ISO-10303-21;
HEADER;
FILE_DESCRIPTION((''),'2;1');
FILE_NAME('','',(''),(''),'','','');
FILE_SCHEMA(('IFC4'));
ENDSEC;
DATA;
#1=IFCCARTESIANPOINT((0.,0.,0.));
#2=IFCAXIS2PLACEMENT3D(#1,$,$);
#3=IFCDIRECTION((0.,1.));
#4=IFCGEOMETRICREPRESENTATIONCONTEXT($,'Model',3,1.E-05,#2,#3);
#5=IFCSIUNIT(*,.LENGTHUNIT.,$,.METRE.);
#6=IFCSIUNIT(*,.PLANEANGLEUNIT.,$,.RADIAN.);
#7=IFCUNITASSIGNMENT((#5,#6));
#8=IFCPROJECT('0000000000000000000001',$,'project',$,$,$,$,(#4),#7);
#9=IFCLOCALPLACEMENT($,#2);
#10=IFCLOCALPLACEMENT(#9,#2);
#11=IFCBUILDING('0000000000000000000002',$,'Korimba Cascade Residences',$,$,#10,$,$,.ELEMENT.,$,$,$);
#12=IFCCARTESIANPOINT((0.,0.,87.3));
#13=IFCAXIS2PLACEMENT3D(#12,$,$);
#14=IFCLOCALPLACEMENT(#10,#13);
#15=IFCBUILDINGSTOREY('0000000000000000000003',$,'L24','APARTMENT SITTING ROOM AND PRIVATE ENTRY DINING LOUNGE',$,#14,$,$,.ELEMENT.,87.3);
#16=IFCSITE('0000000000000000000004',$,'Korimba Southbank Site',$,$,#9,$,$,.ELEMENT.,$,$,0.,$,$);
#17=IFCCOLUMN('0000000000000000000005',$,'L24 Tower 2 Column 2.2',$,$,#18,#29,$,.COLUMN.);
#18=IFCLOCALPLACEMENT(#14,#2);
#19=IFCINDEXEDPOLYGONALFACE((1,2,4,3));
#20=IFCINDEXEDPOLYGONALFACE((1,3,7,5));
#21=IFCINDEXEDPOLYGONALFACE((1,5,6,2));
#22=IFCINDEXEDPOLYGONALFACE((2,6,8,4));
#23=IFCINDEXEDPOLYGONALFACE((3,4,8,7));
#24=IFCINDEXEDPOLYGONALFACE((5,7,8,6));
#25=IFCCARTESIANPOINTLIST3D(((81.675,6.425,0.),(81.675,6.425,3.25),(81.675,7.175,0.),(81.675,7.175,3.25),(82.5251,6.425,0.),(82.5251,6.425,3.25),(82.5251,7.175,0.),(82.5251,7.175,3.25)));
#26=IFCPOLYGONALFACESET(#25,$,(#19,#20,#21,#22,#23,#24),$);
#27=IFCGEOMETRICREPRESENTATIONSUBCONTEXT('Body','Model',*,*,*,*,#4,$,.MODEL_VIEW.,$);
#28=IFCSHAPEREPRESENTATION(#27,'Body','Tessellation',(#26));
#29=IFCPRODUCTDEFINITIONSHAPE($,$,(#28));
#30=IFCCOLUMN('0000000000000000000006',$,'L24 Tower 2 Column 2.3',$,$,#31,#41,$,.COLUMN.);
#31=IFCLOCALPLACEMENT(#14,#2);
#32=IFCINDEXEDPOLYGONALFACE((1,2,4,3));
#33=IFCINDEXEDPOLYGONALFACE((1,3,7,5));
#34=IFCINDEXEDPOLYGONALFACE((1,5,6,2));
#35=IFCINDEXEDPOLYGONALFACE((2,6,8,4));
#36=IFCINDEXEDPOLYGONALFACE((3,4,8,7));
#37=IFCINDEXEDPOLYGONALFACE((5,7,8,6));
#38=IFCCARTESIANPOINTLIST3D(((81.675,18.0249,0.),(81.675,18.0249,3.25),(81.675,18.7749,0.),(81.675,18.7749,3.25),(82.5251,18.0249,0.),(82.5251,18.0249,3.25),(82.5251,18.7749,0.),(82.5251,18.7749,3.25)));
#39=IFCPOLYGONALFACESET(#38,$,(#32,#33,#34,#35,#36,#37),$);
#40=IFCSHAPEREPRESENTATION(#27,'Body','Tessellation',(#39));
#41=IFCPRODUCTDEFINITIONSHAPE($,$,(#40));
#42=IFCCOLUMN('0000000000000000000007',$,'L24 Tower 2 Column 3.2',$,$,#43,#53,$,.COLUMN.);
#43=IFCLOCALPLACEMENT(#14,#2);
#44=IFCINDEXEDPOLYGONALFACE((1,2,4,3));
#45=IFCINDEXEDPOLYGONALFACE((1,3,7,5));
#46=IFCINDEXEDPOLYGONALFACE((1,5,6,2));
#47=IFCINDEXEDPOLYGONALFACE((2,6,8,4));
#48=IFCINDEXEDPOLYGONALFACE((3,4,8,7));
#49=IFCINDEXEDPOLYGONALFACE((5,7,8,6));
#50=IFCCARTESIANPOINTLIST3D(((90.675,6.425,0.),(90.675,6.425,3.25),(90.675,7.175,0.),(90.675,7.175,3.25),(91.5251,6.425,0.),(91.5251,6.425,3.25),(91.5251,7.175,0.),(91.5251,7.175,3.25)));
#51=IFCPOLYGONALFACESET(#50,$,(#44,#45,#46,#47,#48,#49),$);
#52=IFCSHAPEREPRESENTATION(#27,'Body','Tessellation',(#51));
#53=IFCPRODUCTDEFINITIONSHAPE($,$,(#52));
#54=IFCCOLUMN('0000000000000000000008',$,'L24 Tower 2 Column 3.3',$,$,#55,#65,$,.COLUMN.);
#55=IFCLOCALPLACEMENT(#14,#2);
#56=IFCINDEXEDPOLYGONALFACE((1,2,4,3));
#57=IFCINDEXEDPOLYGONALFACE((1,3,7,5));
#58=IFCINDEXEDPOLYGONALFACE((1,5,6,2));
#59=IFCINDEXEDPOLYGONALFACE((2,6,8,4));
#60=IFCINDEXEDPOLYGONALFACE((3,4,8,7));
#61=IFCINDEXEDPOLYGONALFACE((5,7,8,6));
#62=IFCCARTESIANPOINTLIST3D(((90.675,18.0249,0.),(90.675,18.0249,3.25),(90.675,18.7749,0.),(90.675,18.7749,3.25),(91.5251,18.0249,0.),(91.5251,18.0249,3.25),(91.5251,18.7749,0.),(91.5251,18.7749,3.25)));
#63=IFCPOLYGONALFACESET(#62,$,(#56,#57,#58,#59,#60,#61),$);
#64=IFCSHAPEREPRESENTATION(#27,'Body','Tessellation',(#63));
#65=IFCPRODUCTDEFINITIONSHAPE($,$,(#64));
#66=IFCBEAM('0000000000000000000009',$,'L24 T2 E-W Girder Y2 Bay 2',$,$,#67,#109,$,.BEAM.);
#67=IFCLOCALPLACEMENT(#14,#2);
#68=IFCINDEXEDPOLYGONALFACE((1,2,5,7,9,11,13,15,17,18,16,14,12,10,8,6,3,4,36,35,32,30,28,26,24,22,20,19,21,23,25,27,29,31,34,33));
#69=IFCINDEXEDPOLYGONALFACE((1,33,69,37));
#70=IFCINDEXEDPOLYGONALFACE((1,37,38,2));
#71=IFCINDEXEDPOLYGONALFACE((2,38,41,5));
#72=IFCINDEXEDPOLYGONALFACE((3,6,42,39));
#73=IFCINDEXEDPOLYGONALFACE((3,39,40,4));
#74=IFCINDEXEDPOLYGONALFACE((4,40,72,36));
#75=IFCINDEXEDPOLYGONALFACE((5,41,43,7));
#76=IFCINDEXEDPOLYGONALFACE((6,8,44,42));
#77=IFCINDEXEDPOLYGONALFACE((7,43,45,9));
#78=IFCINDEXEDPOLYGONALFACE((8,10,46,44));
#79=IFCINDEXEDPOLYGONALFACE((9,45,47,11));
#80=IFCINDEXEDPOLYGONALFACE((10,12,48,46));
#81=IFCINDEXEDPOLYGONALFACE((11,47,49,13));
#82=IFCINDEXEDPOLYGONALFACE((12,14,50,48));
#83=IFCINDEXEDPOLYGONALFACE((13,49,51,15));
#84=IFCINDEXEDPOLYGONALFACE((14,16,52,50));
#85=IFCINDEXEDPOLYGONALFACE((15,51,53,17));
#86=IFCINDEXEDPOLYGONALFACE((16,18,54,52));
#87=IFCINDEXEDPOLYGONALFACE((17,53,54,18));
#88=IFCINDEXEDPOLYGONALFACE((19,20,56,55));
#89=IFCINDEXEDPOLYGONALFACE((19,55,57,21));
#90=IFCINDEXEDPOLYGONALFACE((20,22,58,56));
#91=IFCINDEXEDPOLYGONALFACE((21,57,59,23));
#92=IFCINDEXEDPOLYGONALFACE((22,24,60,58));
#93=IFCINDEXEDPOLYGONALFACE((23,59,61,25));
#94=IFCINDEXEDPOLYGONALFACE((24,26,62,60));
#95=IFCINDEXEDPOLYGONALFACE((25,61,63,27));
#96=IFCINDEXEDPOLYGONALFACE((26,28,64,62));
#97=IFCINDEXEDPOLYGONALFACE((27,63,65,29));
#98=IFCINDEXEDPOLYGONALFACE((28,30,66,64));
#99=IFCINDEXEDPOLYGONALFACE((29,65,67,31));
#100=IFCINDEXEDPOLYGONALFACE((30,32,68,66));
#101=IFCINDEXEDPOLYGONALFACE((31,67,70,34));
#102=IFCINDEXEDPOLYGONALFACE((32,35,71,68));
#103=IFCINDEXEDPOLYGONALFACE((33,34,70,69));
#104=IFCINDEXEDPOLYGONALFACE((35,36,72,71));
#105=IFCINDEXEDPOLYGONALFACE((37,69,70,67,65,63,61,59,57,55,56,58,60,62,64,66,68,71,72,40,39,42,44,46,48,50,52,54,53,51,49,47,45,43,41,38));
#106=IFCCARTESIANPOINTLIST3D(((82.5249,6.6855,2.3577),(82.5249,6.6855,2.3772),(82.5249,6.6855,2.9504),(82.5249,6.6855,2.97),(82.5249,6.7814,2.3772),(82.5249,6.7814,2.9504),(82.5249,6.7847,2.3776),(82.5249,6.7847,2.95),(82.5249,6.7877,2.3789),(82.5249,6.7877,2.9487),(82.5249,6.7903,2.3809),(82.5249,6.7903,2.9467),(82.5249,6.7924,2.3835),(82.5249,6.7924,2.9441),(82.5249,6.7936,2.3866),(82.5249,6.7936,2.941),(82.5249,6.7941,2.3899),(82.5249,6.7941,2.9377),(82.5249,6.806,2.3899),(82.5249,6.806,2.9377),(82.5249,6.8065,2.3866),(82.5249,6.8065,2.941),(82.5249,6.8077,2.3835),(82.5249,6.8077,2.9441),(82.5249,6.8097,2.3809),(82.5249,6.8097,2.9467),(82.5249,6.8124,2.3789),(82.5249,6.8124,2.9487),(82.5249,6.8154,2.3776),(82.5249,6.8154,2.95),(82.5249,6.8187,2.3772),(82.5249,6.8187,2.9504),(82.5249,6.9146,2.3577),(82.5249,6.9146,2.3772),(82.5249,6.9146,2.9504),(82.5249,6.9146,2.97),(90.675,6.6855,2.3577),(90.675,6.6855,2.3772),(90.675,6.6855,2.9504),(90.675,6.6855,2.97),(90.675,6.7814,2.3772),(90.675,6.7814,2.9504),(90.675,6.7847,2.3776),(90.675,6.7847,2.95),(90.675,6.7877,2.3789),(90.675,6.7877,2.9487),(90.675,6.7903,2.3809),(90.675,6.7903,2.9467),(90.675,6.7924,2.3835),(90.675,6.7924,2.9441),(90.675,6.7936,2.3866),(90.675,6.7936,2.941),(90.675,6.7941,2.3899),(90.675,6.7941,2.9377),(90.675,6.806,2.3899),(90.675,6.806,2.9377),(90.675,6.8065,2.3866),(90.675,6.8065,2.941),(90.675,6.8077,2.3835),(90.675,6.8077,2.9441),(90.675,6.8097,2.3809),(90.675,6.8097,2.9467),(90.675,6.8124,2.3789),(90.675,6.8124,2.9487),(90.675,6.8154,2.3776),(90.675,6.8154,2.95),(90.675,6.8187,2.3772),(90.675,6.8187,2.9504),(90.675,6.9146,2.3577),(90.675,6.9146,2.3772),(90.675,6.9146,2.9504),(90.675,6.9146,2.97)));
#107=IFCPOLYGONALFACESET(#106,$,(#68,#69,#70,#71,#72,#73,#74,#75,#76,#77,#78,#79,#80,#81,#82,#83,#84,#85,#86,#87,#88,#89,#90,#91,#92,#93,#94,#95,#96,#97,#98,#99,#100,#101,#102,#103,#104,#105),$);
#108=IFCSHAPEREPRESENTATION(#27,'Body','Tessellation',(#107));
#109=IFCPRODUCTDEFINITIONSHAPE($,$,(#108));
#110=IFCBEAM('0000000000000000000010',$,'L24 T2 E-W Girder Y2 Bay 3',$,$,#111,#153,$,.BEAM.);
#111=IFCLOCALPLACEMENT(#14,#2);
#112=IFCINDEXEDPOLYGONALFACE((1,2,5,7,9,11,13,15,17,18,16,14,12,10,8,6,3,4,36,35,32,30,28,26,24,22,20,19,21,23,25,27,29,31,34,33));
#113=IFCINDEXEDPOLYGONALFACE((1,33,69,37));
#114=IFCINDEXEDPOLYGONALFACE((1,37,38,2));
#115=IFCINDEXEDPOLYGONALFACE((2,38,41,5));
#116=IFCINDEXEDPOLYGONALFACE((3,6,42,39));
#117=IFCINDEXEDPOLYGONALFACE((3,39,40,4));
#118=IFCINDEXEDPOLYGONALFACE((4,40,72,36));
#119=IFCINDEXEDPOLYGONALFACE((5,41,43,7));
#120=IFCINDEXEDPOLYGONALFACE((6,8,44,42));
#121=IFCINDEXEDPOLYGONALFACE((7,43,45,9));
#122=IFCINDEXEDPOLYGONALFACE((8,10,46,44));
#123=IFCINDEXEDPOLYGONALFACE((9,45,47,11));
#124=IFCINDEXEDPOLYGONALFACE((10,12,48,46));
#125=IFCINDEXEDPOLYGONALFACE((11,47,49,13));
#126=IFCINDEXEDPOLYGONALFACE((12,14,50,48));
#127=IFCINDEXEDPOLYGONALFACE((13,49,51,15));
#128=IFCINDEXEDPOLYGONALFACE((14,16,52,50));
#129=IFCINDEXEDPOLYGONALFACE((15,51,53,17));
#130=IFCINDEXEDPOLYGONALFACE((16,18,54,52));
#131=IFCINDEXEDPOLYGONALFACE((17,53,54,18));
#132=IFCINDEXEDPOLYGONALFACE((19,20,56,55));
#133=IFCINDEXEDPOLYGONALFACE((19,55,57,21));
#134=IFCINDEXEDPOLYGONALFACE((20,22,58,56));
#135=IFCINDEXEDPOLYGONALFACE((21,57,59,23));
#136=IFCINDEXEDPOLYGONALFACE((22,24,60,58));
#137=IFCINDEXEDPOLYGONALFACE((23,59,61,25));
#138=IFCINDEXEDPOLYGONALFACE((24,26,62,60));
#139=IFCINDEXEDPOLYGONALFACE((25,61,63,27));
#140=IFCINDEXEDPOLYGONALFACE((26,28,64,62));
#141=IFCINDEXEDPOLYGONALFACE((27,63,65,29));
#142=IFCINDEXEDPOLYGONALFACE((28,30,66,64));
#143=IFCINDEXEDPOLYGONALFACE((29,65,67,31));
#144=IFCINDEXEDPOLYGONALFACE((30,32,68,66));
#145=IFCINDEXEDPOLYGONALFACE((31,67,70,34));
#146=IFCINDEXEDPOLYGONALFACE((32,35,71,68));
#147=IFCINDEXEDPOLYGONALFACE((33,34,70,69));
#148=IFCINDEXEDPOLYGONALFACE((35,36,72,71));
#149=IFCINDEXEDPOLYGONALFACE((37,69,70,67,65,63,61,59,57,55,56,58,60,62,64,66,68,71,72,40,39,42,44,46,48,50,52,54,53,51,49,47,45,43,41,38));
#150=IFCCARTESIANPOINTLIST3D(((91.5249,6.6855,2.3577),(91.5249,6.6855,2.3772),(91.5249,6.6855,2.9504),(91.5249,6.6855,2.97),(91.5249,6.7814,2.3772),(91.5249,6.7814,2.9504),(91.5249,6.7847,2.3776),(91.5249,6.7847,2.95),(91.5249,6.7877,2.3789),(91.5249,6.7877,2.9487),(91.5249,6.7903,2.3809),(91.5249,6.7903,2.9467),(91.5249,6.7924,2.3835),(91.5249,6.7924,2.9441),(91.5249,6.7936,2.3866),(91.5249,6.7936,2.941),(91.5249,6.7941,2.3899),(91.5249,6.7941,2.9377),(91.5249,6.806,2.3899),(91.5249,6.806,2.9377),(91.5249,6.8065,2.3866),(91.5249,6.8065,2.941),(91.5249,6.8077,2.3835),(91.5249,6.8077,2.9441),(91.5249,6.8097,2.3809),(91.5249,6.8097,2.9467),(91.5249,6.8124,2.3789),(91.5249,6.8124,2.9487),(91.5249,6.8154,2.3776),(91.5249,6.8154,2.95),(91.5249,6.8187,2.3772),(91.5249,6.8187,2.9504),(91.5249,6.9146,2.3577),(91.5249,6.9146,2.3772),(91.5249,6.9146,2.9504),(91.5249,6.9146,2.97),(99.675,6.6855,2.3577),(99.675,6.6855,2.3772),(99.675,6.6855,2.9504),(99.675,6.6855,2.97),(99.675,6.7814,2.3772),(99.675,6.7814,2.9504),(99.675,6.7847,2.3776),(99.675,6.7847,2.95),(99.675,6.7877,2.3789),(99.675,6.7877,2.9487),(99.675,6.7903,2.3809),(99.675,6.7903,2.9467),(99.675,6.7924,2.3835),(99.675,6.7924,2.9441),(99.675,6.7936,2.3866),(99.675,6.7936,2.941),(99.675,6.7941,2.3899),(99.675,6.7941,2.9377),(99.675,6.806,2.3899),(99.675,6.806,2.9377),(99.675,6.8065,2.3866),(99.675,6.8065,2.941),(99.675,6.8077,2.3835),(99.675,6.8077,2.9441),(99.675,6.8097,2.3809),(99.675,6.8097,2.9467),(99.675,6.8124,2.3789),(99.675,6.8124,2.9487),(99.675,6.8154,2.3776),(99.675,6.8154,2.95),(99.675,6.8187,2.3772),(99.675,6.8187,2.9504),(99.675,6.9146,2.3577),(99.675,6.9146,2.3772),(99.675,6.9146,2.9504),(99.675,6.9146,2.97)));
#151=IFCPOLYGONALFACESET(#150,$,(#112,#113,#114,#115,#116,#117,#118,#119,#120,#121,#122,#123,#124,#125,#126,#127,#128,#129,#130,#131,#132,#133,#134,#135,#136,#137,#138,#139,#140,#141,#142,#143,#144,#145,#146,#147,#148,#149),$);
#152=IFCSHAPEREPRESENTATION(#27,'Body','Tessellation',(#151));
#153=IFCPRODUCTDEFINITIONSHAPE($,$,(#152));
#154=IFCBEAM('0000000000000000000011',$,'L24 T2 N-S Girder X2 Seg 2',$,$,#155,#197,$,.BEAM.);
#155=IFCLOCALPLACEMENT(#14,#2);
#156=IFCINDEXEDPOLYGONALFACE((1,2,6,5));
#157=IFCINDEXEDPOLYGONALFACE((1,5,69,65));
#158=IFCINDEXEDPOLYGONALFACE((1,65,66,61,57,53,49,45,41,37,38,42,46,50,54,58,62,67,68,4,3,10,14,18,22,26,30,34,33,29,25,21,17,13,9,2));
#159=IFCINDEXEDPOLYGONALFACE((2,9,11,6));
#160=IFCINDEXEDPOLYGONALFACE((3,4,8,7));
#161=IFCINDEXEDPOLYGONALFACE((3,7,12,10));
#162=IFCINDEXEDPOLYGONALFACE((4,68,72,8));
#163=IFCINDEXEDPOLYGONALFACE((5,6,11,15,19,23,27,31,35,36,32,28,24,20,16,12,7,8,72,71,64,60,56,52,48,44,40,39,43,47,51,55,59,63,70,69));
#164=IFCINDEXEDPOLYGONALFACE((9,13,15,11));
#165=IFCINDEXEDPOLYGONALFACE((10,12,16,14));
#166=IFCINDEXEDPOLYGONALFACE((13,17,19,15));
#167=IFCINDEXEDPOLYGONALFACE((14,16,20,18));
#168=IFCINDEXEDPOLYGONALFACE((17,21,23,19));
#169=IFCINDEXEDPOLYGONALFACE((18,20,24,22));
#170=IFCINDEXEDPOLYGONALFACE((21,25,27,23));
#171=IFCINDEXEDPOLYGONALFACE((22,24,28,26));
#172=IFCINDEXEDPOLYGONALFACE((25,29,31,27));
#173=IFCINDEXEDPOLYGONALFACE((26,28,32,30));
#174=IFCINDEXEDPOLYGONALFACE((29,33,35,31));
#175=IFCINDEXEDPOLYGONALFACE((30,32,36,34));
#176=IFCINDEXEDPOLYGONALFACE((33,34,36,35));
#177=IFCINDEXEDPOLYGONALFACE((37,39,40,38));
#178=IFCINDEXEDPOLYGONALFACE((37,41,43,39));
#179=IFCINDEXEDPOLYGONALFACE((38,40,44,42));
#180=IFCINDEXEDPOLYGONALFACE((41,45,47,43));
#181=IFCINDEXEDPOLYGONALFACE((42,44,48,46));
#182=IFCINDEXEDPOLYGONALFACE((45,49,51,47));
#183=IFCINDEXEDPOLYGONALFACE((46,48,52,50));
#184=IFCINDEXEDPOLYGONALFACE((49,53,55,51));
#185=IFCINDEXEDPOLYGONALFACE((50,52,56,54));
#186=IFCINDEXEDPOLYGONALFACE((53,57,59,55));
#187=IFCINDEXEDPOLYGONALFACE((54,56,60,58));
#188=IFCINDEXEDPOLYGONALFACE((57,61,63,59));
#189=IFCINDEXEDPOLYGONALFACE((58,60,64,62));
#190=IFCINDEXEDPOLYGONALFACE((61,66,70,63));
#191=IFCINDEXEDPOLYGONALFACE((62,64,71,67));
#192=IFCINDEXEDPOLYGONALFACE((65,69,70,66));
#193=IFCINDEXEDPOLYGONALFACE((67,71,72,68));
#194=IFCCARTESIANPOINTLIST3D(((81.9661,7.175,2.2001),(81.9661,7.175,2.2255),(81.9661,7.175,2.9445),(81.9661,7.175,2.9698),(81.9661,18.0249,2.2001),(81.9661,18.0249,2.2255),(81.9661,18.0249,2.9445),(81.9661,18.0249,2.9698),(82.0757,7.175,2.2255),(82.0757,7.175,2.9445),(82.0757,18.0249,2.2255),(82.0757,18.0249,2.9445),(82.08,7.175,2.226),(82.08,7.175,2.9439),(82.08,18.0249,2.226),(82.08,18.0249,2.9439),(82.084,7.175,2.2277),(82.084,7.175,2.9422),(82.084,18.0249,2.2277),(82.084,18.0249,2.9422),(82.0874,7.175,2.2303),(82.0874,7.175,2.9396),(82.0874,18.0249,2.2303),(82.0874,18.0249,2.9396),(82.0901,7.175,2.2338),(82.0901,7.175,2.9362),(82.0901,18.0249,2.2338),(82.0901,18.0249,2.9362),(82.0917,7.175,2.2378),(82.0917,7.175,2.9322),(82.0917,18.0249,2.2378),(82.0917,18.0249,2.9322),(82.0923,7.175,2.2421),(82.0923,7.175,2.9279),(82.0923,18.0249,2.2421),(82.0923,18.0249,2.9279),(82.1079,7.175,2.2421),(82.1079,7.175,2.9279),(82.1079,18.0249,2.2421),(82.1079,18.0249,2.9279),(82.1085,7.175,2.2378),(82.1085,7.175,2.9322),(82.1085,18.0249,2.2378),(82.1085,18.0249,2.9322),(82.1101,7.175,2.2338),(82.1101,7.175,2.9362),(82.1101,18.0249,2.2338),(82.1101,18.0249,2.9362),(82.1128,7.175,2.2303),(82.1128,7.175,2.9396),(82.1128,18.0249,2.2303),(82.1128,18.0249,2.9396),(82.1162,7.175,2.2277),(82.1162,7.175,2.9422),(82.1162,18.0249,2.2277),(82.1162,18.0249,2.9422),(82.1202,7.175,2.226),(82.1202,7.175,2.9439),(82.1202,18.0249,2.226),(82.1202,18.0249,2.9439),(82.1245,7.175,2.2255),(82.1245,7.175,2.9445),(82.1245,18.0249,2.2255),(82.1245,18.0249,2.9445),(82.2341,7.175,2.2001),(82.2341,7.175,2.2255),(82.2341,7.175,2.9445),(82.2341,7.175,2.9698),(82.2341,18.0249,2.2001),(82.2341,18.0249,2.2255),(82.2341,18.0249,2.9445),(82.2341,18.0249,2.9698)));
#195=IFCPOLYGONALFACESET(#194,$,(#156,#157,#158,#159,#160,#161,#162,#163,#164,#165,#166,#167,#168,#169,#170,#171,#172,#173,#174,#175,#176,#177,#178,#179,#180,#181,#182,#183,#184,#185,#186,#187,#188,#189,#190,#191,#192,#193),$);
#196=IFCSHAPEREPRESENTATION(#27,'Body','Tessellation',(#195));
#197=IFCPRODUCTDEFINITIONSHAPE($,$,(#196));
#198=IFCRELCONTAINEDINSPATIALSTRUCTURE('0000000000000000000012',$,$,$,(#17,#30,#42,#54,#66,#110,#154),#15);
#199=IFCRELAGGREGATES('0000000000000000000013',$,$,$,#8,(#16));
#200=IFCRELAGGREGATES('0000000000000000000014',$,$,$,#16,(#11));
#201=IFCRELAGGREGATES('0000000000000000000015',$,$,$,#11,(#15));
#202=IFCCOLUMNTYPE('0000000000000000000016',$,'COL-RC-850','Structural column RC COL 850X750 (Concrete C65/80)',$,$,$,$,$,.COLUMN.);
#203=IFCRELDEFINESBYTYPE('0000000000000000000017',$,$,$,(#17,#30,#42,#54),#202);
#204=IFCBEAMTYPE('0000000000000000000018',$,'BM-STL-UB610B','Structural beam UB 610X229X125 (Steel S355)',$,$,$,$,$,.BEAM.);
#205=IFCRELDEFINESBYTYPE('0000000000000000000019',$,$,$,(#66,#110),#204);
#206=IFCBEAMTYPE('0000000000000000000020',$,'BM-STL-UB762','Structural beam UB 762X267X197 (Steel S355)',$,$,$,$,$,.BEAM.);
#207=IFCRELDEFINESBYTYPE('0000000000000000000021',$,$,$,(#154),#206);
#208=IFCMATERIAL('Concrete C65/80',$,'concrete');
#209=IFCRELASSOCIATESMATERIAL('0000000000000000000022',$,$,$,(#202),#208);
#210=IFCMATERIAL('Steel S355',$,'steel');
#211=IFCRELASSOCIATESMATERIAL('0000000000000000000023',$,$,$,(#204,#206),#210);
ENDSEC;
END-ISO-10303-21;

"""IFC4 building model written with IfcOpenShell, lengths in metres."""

from ifc_helpers import new_model, si_unit, direction, frame, origin, origin_2d, place, context, subcontext, project, spatial, rectangle, i_section, extrude, material, material_profile, profile_set, type_object, element, save


model = new_model("IFC4")

# Units and contexts
model_context = context("Model", 3, precision=1e-05, world=origin(), true_north=direction((0.0, 1.0)))
body_context = subcontext(model_context, "Body", "Model", "MODEL_VIEW")
ifc_project = project(units=[si_unit("LENGTHUNIT", "METRE"), si_unit("PLANEANGLEUNIT", "RADIAN")], contexts=[model_context])

# Site, building, storey
site_placement = place(None, origin())
site = spatial("IfcSite", under=ifc_project, at=site_placement, Name="Korimba Southbank Site", CompositionType="ELEMENT", RefElevation=0.0)
building_placement = place(site_placement, origin())
building = spatial("IfcBuilding", under=site, at=building_placement, Name="Korimba Cascade Residences", CompositionType="ELEMENT")
storey_placement = place(building_placement, frame((0.0, 0.0, 87.3)))
storey = spatial("IfcBuildingStorey", under=building, at=storey_placement, Name="L24", Description="APARTMENT SITTING ROOM AND PRIVATE ENTRY DINING LOUNGE", CompositionType="ELEMENT", Elevation=87.3)

# Columns
ifc_material_1 = material(Name="Concrete C65/80", Category="concrete")
ifc_material_profile_1 = material_profile(ifc_material_1, rectangle(XDim=0.8501, YDim=0.75, at=origin_2d()), Name="Concrete C65/80")
ifc_profile_set_1 = profile_set([ifc_material_profile_1], Name="Concrete C65/80")
column_type = type_object("IfcColumnType", Name="COL-RC-850", Description="Structural column RC COL 850X750 (Concrete C65/80)", PredefinedType="COLUMN", material=ifc_profile_set_1)
for number, where, z_axis, x_axis, name in (
    (1, (82.1001, 6.8, 0.0), (0.0, 0.0, 1.0), (1.0, 0.0, 0.0), "L24 Tower 2 Column 2.2"),
    (2, (82.1001, 18.3999, 0.0), (0.0, 0.0, 1.0), (1.0, 0.0, 0.0), "L24 Tower 2 Column 2.3"),
    (3, (91.1001, 6.8, 0.0), (0.0, 0.0, 1.0), (1.0, 0.0, 0.0), "L24 Tower 2 Column 3.2"),
    (4, (91.1001, 18.3999, 0.0), (0.0, 0.0, 1.0), (1.0, 0.0, 0.0), "L24 Tower 2 Column 3.3"),
):
    element("IfcColumn", number, at=place(storey_placement, frame(where, z_axis=z_axis, x_axis=x_axis)), inside=storey, type_object=column_type, Name=name, PredefinedType="COLUMN", context=body_context, shape_type="SweptSolid", body=[
        extrude(rectangle(XDim=0.8501, YDim=0.75, at=origin_2d()), origin(), (0.0, 0.0, 1.0), 3.25),
    ])

# Beams
ifc_material_2 = material(Name="Steel S355", Category="steel")
ifc_material_profile_2 = material_profile(ifc_material_2, i_section(OverallWidth=0.229, OverallDepth=0.6123, WebThickness=0.012, FlangeThickness=0.0195, FilletRadius=0.0127, at=origin_2d()), Name="Steel S355")
ifc_profile_set_2 = profile_set([ifc_material_profile_2], Name="Steel S355")
beam_type_1 = type_object("IfcBeamType", Name="BM-STL-UB610B", Description="Structural beam UB 610X229X125 (Steel S355)", PredefinedType="BEAM", material=ifc_profile_set_2)
for number, where, z_axis, x_axis, name in (
    (5, (82.5249, 6.8, 2.6638), (1.0, 0.0, 0.0), (0.0, 1.0, 0.0), "L24 T2 E-W Girder Y2 Bay 2"),
    (6, (91.5249, 6.8, 2.6638), (1.0, 0.0, 0.0), (0.0, 1.0, 0.0), "L24 T2 E-W Girder Y2 Bay 3"),
):
    element("IfcBeam", number, at=place(storey_placement, frame(where, z_axis=z_axis, x_axis=x_axis)), inside=storey, type_object=beam_type_1, Name=name, PredefinedType="BEAM", context=body_context, shape_type="SweptSolid", body=[
        extrude(i_section(OverallWidth=0.229, OverallDepth=0.6123, WebThickness=0.012, FlangeThickness=0.0195, FilletRadius=0.0127, at=origin_2d()), origin(), (0.0, 0.0, 1.0), 8.1501),
    ])
ifc_material_profile_3 = material_profile(ifc_material_2, i_section(OverallWidth=0.2681, OverallDepth=0.7698, WebThickness=0.0156, FlangeThickness=0.0254, FilletRadius=0.0166, at=origin_2d()), Name="Steel S355")
ifc_profile_set_3 = profile_set([ifc_material_profile_3], Name="Steel S355")
beam_type_2 = type_object("IfcBeamType", Name="BM-STL-UB762", Description="Structural beam UB 762X267X197 (Steel S355)", PredefinedType="BEAM", material=ifc_profile_set_3)
for number, where, z_axis, x_axis, name in (
    (7, (82.1001, 7.175, 2.585), (0.0, 1.0, 0.0), (-1.0, 0.0, 0.0), "L24 T2 N-S Girder X2 Seg 2"),
):
    element("IfcBeam", number, at=place(storey_placement, frame(where, z_axis=z_axis, x_axis=x_axis)), inside=storey, type_object=beam_type_2, Name=name, PredefinedType="BEAM", context=body_context, shape_type="SweptSolid", body=[
        extrude(i_section(OverallWidth=0.2681, OverallDepth=0.7698, WebThickness=0.0156, FlangeThickness=0.0254, FilletRadius=0.0166, at=origin_2d()), origin(), (0.0, 0.0, 1.0), 10.8499),
    ])

save(model, "model.ifc")
